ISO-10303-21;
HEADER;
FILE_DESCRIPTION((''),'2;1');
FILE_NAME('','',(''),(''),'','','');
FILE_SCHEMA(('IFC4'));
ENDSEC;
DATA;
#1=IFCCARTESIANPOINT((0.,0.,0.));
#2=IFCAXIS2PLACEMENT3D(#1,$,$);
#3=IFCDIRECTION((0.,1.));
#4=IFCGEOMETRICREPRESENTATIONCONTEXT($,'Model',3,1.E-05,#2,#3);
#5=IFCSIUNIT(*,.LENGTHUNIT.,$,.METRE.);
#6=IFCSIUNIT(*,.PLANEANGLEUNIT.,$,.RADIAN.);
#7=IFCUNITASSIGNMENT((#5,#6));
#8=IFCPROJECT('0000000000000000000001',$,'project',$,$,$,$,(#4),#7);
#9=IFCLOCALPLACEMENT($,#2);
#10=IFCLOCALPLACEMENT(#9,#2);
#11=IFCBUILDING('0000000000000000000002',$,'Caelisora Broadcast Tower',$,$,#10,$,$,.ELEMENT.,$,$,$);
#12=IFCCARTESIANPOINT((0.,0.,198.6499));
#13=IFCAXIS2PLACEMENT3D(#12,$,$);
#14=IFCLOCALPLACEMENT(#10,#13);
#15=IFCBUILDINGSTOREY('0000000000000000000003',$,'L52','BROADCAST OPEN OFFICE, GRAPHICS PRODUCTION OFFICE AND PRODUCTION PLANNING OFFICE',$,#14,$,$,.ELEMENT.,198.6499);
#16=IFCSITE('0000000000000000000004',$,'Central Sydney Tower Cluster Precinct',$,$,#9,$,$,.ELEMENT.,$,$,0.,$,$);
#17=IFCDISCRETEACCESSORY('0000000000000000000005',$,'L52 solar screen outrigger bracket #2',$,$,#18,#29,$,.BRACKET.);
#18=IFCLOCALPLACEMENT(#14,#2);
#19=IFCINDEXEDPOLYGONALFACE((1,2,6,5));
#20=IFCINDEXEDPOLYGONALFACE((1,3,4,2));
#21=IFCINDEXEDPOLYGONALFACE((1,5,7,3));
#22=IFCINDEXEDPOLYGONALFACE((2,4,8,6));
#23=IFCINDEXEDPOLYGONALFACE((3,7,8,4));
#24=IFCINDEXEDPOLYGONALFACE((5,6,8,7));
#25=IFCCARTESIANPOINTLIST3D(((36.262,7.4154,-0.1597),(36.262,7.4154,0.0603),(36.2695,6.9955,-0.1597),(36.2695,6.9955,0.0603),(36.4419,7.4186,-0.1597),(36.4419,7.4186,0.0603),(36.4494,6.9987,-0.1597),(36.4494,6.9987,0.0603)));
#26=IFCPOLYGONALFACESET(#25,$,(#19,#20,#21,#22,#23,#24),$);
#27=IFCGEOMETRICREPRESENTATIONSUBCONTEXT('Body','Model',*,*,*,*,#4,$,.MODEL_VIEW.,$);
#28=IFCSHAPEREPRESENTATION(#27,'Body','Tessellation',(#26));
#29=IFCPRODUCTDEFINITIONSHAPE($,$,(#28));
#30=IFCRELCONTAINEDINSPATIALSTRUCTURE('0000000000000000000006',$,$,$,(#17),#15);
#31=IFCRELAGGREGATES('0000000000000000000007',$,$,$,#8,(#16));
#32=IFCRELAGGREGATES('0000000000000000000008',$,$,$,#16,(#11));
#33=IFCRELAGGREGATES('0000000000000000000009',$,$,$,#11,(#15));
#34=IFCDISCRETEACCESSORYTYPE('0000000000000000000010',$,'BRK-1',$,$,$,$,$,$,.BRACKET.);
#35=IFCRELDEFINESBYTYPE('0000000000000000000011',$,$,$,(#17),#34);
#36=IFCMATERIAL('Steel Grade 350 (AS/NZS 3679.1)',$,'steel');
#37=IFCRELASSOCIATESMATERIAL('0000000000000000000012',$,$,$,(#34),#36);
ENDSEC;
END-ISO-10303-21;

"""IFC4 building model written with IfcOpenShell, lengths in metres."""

from ifc_helpers import new_model, si_unit, direction, frame, origin, origin_2d, place, context, subcontext, project, spatial, rectangle, extrude, source, transform, mapped, material, type_object, type_shapes, element, save


model = new_model("IFC4")

# Units and contexts
model_context = context("Model", 3, precision=1e-05, world=origin(), true_north=direction((0.0, 1.0)))
body_context = subcontext(model_context, "Body", "Model", "MODEL_VIEW")
ifc_project = project(units=[si_unit("LENGTHUNIT", "METRE"), si_unit("PLANEANGLEUNIT", "RADIAN")], contexts=[model_context])

# Site, building, storey
site_placement = place(None, origin())
site = spatial("IfcSite", under=ifc_project, at=site_placement, Name="Central Sydney Tower Cluster Precinct", CompositionType="ELEMENT", RefElevation=0.0)
building_placement = place(site_placement, origin())
building = spatial("IfcBuilding", under=site, at=building_placement, Name="Caelisora Broadcast Tower", CompositionType="ELEMENT")
storey_placement = place(building_placement, frame((0.0, 0.0, 198.6499)))
storey = spatial("IfcBuildingStorey", under=building, at=storey_placement, Name="L52", Description="BROADCAST OPEN OFFICE, GRAPHICS PRODUCTION OFFICE AND PRODUCTION PLANNING OFFICE", CompositionType="ELEMENT", Elevation=198.6499)

# Shared definitions
ifc_material_1 = material(Name="Steel Grade 350 (AS/NZS 3679.1)", Category="steel")

# Discrete accessory
discrete_accessory_type = type_object("IfcDiscreteAccessoryType", Name="BRK-1", PredefinedType="BRACKET", material=ifc_material_1)
shared_shape_1 = source(origin(), body_context, "Body", "SweptSolid", [
    extrude(rectangle(XDim=0.1799, YDim=0.4199, at=origin_2d()), origin(), (0.0, 0.0, 1.0), 0.22),
])
type_shapes(discrete_accessory_type, [shared_shape_1])
discrete_accessory_placement = place(storey_placement, frame((36.3557, 7.207, -0.1597), z_axis=(0.0, 0.0, 1.0), x_axis=(0.999842, 0.017801, 0.0)))
element("IfcDiscreteAccessory", 1, at=discrete_accessory_placement, inside=storey, type_object=discrete_accessory_type, Name="L52 solar screen outrigger bracket #2", PredefinedType="BRACKET", context=body_context, shape_type="MappedRepresentation", body=[
    mapped(shared_shape_1, transform((0.0, 0.0, 0.0), scale=1.0)),
])

save(model, "model.ifc")
